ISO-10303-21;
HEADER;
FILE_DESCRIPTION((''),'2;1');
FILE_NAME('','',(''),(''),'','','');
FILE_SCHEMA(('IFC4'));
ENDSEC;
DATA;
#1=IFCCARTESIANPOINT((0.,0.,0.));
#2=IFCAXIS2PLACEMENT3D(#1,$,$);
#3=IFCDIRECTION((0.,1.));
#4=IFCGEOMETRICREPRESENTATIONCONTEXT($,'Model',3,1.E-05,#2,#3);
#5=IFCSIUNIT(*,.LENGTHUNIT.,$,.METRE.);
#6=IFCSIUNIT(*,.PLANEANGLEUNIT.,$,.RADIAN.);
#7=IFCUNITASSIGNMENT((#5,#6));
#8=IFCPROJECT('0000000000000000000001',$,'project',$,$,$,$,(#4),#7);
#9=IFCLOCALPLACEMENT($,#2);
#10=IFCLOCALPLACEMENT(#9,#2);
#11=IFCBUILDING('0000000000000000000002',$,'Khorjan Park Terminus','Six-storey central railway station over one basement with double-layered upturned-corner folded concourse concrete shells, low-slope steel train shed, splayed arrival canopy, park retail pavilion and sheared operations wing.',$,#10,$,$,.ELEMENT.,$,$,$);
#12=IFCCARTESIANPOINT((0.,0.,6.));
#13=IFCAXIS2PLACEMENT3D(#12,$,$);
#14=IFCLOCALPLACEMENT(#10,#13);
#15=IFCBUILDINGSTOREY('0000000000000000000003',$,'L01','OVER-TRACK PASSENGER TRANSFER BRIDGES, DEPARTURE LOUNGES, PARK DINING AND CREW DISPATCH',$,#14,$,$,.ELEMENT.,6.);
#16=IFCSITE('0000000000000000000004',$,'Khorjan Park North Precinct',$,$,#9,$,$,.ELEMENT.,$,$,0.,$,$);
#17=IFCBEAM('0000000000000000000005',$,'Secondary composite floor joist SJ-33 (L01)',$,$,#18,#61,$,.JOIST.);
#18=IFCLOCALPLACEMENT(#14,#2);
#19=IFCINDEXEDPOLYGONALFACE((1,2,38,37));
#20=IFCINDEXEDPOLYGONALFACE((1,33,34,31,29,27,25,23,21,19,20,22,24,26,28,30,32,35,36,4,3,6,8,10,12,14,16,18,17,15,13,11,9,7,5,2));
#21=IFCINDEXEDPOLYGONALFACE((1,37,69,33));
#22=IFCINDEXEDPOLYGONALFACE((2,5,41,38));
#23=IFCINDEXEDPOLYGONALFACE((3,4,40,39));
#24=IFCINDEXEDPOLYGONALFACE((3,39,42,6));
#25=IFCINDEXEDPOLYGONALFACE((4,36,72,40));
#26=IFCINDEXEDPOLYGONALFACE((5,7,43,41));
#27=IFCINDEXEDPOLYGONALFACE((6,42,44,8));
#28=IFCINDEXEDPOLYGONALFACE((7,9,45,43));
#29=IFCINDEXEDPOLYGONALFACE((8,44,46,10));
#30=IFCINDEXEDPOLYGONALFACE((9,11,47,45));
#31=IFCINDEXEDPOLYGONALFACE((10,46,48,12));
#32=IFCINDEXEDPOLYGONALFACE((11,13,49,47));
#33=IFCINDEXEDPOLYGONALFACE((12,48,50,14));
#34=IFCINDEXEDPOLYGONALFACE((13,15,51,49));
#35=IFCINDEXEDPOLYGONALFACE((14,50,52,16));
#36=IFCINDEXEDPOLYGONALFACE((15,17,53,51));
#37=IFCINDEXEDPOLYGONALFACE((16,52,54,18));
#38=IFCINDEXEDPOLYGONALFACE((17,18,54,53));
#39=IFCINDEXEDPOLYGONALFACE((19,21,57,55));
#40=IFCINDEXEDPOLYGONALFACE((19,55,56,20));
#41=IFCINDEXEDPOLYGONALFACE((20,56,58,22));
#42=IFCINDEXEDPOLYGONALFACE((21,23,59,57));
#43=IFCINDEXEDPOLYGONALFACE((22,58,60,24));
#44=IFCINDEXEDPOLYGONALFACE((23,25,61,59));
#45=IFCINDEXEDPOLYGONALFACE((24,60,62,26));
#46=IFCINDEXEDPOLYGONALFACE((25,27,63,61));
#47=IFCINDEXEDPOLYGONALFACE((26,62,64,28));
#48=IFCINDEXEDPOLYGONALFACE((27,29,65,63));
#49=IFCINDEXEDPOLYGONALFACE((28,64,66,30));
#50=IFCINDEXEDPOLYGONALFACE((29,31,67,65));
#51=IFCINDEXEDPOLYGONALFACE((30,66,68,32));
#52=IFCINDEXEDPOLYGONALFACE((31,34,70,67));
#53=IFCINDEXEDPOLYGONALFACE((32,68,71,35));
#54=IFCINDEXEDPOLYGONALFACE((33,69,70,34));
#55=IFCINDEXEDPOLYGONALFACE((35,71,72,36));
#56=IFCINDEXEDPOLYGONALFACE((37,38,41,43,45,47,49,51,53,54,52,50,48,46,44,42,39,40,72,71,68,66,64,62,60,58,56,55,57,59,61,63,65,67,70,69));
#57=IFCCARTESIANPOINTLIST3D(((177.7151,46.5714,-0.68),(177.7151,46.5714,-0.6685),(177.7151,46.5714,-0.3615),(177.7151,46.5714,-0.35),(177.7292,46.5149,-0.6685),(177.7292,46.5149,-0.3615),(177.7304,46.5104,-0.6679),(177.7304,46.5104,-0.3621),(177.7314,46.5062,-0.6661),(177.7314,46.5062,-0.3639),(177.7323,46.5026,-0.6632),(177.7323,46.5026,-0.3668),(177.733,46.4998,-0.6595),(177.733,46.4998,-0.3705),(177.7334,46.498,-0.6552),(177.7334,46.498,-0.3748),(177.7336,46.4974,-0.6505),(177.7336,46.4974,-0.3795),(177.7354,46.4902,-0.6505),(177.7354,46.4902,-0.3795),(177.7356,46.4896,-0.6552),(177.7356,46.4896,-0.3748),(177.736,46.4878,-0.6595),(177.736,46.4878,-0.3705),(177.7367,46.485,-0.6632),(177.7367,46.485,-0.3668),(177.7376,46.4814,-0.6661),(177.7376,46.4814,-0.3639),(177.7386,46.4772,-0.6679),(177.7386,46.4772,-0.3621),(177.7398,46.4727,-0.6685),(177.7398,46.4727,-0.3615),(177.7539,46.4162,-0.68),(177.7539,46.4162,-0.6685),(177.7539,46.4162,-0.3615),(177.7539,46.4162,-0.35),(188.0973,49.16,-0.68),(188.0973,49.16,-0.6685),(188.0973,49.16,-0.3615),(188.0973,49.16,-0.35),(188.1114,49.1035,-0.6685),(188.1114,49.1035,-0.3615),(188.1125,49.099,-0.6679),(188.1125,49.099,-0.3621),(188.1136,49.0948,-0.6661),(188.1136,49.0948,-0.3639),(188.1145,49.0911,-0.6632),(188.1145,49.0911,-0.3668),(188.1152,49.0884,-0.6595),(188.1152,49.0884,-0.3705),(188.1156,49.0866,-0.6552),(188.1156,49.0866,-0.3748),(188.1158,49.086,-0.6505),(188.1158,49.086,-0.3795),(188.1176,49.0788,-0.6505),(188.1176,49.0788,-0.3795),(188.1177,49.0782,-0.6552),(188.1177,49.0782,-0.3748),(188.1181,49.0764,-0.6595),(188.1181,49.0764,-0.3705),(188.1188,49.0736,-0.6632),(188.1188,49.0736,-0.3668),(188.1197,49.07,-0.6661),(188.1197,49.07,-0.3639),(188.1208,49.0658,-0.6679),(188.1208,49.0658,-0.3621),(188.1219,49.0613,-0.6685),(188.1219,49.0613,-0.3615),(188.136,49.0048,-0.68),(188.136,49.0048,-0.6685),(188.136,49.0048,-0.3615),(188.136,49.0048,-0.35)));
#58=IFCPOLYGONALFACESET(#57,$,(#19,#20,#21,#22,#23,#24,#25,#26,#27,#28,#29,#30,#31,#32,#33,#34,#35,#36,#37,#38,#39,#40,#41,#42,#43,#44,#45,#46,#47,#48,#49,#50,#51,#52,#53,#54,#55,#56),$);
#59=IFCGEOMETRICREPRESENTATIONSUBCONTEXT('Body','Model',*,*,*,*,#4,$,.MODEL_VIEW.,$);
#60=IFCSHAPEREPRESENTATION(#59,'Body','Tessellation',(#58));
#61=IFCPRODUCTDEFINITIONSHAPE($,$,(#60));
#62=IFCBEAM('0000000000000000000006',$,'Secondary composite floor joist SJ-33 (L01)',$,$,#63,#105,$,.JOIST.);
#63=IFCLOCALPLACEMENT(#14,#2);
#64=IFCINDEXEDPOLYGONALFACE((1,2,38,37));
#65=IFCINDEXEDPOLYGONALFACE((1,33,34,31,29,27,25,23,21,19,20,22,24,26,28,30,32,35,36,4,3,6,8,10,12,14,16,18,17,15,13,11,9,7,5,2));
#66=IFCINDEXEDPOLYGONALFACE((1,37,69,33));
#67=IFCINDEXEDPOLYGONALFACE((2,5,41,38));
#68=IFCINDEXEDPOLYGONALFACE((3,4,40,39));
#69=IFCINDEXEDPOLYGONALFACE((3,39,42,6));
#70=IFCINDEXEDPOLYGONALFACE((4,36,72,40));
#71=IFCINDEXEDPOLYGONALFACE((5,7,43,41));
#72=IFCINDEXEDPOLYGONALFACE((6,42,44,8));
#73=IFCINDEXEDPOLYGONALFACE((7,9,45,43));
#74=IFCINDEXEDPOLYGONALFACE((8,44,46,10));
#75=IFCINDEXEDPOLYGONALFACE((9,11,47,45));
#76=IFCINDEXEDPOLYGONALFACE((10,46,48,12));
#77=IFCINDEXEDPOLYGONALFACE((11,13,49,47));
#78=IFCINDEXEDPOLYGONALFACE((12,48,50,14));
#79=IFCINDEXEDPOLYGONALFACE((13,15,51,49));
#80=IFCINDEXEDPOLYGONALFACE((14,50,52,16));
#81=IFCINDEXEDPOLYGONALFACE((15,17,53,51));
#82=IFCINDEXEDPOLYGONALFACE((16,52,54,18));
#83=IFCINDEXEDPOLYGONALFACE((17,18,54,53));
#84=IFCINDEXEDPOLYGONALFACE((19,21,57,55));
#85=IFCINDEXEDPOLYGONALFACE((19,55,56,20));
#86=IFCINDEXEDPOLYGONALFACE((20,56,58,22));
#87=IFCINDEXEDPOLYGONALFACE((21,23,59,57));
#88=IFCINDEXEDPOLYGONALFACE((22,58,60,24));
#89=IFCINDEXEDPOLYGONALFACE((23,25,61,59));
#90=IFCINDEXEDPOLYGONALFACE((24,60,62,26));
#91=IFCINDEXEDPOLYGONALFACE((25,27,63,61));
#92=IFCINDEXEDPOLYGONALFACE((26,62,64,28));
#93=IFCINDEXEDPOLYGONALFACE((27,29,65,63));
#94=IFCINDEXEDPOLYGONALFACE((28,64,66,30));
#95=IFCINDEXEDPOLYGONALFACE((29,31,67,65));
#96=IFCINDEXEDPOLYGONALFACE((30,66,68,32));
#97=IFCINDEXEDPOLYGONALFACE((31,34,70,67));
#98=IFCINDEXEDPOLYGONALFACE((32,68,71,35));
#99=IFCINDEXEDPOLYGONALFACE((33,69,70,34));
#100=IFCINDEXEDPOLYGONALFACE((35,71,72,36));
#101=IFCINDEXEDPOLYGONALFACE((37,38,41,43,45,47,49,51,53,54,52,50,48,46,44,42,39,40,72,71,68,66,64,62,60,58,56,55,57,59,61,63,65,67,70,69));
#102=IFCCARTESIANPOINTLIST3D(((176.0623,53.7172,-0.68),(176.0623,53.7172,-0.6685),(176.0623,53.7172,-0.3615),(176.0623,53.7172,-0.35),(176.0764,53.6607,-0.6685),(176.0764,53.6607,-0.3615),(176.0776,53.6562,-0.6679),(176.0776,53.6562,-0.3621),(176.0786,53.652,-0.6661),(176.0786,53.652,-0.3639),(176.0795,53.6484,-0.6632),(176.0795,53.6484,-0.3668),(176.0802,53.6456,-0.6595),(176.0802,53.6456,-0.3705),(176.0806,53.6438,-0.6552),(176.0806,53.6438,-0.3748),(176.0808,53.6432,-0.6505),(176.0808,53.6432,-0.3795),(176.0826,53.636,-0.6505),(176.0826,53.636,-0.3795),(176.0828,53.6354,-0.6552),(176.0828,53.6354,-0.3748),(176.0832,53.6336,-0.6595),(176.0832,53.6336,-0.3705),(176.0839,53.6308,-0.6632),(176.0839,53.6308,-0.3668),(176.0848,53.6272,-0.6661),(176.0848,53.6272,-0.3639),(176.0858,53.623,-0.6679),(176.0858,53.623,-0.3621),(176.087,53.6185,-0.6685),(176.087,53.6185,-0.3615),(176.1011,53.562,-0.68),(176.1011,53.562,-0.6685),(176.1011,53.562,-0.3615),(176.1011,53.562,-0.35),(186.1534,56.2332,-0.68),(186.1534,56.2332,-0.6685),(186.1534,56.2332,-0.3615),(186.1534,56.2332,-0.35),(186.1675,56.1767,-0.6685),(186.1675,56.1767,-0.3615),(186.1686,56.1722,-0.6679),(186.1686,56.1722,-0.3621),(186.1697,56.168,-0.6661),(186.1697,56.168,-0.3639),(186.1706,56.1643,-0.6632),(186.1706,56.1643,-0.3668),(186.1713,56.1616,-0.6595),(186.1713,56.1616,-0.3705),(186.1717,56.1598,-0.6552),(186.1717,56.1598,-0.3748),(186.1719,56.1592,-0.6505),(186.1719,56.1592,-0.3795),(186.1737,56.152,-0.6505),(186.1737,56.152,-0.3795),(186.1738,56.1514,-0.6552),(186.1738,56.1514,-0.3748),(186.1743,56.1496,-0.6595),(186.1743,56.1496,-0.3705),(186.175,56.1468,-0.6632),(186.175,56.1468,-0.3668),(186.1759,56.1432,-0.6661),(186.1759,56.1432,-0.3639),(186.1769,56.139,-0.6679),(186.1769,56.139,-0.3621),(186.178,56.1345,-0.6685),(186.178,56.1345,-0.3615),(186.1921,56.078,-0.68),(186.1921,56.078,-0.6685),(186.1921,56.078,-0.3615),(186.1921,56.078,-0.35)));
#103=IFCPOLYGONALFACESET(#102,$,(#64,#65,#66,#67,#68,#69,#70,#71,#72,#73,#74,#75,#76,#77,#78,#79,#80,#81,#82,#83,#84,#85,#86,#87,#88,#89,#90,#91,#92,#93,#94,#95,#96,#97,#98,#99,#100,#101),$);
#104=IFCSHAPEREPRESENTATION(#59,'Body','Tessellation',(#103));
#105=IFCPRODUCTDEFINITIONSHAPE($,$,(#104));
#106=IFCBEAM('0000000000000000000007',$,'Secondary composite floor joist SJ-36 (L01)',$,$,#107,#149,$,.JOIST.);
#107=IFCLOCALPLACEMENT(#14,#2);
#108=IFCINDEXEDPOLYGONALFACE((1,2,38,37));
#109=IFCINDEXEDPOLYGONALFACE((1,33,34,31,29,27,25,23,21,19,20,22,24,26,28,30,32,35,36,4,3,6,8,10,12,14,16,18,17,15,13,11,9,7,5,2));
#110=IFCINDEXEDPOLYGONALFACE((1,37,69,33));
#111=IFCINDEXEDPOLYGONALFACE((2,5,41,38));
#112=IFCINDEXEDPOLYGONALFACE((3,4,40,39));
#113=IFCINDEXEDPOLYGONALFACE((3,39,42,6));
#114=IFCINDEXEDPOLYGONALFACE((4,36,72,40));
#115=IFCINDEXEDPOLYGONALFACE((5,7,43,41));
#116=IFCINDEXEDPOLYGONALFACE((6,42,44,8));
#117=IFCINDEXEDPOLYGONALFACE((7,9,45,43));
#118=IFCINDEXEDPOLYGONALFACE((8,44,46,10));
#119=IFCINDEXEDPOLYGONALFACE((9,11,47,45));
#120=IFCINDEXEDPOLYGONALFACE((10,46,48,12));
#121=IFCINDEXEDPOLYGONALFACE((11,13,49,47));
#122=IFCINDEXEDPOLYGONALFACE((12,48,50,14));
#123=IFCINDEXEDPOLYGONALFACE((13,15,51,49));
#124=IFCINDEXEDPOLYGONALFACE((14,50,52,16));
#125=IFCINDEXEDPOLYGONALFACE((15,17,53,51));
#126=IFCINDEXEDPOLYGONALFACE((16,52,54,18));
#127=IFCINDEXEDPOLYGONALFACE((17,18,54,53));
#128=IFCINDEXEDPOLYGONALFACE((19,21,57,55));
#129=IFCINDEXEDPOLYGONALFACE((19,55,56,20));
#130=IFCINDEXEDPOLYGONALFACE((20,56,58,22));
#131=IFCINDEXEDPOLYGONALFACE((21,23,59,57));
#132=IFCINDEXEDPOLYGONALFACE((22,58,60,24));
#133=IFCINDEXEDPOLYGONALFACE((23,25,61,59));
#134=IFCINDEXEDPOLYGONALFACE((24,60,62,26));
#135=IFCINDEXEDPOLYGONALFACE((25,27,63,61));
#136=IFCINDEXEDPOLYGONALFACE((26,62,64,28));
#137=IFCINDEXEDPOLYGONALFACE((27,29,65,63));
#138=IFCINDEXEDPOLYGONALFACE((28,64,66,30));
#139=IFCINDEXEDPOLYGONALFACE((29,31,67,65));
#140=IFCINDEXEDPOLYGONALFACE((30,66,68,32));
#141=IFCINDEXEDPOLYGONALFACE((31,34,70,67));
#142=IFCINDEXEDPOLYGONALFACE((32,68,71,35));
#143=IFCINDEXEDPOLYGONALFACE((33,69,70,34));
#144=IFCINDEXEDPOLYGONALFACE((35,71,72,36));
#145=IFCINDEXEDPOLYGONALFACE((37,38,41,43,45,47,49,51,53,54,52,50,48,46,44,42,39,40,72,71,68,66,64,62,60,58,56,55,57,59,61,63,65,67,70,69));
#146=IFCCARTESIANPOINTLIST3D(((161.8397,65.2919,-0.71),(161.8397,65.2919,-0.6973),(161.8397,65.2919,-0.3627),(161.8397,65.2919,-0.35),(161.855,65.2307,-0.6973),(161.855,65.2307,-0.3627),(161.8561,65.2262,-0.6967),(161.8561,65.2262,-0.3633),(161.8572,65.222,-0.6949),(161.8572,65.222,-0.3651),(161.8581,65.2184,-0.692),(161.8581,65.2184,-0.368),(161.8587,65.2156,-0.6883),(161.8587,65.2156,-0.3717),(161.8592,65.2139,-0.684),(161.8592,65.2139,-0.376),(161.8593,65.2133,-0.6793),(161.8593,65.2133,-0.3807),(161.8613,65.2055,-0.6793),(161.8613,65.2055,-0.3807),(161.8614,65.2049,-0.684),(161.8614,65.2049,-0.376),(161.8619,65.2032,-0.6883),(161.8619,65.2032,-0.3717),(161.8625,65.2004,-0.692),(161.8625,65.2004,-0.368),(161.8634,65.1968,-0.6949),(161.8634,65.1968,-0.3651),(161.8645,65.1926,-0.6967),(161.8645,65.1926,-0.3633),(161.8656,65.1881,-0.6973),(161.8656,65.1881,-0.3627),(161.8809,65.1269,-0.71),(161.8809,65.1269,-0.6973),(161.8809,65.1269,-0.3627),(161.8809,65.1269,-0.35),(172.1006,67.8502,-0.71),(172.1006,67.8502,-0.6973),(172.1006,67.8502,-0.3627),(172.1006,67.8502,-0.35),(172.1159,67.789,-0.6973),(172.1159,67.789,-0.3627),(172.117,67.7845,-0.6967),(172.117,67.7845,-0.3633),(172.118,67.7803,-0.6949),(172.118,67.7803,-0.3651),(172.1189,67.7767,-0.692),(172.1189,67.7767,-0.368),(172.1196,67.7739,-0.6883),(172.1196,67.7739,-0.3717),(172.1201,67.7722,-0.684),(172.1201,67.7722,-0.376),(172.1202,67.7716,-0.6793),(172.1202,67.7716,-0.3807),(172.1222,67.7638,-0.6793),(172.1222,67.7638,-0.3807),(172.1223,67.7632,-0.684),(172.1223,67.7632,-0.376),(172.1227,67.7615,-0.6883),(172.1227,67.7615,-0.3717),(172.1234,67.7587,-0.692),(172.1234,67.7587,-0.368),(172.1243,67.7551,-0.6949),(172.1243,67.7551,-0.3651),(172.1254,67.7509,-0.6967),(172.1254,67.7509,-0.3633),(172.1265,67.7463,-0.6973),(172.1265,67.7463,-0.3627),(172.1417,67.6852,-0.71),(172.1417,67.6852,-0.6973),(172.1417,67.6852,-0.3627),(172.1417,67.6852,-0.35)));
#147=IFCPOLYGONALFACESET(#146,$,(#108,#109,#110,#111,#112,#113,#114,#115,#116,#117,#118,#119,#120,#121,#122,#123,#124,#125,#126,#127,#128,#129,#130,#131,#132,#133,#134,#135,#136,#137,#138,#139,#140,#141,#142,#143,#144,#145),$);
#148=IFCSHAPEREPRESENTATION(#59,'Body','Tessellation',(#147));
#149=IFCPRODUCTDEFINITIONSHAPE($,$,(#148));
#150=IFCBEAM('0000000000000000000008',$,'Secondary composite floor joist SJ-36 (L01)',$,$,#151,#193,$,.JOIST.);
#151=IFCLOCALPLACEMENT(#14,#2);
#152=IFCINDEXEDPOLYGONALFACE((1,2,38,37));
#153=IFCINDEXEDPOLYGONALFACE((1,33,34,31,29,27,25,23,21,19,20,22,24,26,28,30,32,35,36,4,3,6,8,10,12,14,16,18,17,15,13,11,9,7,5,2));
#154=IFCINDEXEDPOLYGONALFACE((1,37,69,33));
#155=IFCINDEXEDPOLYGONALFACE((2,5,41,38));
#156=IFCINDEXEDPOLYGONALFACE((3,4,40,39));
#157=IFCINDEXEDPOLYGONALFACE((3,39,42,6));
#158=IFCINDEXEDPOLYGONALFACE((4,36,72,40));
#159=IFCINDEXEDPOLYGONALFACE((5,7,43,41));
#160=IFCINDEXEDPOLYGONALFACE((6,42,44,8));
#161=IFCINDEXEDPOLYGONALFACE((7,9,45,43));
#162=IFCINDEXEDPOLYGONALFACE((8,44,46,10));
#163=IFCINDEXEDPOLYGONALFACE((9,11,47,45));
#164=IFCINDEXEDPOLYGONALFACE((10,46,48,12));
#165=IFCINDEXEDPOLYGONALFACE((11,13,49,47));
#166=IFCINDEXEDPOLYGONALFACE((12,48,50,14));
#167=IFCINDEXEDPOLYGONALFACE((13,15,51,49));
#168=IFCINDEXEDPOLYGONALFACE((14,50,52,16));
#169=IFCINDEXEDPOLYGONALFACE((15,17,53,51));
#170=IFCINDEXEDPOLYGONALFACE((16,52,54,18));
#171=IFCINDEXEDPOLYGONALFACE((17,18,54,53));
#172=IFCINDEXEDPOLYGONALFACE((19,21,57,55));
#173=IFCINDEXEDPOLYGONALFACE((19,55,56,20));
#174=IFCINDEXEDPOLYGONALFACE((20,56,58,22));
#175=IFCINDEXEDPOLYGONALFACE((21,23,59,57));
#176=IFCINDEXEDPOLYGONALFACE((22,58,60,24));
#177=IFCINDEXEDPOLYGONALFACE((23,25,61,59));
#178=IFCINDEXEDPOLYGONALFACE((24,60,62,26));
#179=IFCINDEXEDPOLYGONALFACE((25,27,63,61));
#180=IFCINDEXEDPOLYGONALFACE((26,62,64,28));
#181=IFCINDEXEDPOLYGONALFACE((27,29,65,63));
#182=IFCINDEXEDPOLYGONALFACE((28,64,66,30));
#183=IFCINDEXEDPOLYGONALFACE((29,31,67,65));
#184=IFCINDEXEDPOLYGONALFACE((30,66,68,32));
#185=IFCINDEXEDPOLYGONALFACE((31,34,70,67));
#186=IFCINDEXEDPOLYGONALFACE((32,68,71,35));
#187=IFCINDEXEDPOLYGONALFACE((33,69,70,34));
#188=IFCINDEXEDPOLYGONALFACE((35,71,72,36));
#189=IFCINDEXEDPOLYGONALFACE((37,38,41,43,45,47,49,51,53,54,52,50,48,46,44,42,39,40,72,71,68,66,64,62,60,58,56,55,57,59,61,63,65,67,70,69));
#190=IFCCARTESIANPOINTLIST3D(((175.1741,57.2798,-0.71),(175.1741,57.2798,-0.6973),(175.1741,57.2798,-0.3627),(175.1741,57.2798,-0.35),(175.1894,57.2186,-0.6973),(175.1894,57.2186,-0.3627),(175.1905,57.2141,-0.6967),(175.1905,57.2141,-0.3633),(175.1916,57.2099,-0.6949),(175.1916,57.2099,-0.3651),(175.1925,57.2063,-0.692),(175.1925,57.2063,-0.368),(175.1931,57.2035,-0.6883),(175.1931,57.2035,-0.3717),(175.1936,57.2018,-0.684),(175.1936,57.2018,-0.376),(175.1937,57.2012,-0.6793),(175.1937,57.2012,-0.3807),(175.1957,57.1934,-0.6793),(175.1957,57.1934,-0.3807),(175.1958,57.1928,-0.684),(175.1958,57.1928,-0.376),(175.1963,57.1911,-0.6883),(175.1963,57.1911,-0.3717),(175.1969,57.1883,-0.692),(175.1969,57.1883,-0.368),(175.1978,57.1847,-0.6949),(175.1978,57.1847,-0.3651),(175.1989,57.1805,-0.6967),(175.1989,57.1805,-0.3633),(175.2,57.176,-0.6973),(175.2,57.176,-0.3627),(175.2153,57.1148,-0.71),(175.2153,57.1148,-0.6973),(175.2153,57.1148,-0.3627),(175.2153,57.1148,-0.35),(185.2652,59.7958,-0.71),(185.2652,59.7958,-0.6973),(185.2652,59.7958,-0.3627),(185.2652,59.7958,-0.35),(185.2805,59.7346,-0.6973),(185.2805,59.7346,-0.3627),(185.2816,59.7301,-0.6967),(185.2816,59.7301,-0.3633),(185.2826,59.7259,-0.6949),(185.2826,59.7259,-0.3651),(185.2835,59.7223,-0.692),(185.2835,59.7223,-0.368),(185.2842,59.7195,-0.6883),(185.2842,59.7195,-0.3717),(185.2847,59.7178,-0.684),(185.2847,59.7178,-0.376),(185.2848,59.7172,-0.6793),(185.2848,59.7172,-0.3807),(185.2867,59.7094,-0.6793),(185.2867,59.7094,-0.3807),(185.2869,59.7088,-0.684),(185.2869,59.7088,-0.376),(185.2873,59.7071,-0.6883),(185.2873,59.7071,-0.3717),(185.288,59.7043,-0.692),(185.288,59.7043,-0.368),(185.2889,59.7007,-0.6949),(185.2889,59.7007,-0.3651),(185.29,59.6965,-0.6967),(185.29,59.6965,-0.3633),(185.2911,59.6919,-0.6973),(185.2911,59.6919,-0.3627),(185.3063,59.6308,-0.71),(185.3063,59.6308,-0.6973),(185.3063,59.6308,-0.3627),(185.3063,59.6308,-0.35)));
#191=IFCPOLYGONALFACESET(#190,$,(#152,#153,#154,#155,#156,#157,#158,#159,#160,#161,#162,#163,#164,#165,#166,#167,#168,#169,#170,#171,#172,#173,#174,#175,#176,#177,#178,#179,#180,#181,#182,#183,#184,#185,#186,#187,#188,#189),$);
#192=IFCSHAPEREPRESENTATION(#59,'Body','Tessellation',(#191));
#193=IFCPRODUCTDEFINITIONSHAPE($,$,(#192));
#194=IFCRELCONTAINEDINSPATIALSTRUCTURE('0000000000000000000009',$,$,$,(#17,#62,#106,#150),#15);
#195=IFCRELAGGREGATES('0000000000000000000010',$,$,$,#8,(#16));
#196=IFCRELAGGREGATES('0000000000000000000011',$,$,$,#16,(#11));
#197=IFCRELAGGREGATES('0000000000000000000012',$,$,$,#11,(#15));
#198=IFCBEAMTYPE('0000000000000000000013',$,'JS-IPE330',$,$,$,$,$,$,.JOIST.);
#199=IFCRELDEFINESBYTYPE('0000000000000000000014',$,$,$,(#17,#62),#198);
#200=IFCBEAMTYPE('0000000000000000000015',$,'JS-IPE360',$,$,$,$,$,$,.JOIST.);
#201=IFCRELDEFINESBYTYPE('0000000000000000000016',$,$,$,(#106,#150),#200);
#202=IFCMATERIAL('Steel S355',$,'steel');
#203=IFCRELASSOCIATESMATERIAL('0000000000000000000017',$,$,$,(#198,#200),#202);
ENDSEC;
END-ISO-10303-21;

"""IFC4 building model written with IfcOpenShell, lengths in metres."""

from ifc_helpers import new_model, si_unit, direction, frame, origin, origin_2d, place, context, subcontext, project, spatial, i_section, extrude, material, material_profile, profile_set, type_object, element, save


model = new_model("IFC4")

# Units and contexts
model_context = context("Model", 3, precision=1e-05, world=origin(), true_north=direction((0.0, 1.0)))
body_context = subcontext(model_context, "Body", "Model", "MODEL_VIEW")
ifc_project = project(units=[si_unit("LENGTHUNIT", "METRE"), si_unit("PLANEANGLEUNIT", "RADIAN")], contexts=[model_context])

# Site, building, storey
site_placement = place(None, origin())
site = spatial("IfcSite", under=ifc_project, at=site_placement, Name="Khorjan Park North Precinct", CompositionType="ELEMENT", RefElevation=0.0)
building_placement = place(site_placement, origin())
building = spatial("IfcBuilding", under=site, at=building_placement, Name="Khorjan Park Terminus", Description="Six-storey central railway station over one basement with double-layered upturned-corner folded concourse concrete shells, low-slope steel train shed, splayed arrival canopy, park retail pavilion and sheared operations wing.", CompositionType="ELEMENT")
storey_placement = place(building_placement, frame((0.0, 0.0, 6.0)))
storey = spatial("IfcBuildingStorey", under=building, at=storey_placement, Name="L01", Description="OVER-TRACK PASSENGER TRANSFER BRIDGES, DEPARTURE LOUNGES, PARK DINING AND CREW DISPATCH", CompositionType="ELEMENT", Elevation=6.0)

# Beams
ifc_material_1 = material(Name="Steel S355", Category="steel")
ifc_material_profile_1 = material_profile(ifc_material_1, i_section(OverallWidth=0.16, OverallDepth=0.33, WebThickness=0.0075, FlangeThickness=0.0115, FilletRadius=0.018, at=origin_2d()), Name="IPE 330")
ifc_profile_set_1 = profile_set([ifc_material_profile_1], Name="Steel S355")
beam_type_1 = type_object("IfcBeamType", Name="JS-IPE330", PredefinedType="JOIST", material=ifc_profile_set_1)
beam_1_placement = place(storey_placement, frame((177.7345, 46.4938, -0.515), z_axis=(0.970295, 0.241924, 0.0), x_axis=(-0.241924, 0.970295, 0.0)))
element("IfcBeam", 1, at=beam_1_placement, inside=storey, type_object=beam_type_1, Name="Secondary composite floor joist SJ-33 (L01)", PredefinedType="JOIST", context=body_context, shape_type="SweptSolid", body=[
    extrude(i_section(OverallWidth=0.16, OverallDepth=0.33, WebThickness=0.0075, FlangeThickness=0.0115, FilletRadius=0.018, at=origin_2d()), origin(), (0.0, 0.0, 1.0), 10.7),
])
beam_2_placement = place(storey_placement, frame((176.0817, 53.6396, -0.515), z_axis=(0.970296, 0.241922, 0.0), x_axis=(-0.241922, 0.970296, 0.0)))
element("IfcBeam", 2, at=beam_2_placement, inside=storey, type_object=beam_type_1, Name="Secondary composite floor joist SJ-33 (L01)", PredefinedType="JOIST", context=body_context, shape_type="SweptSolid", body=[
    extrude(i_section(OverallWidth=0.16, OverallDepth=0.33, WebThickness=0.0075, FlangeThickness=0.0115, FilletRadius=0.018, at=origin_2d()), origin(), (0.0, 0.0, 1.0), 10.4),
])
ifc_material_profile_2 = material_profile(ifc_material_1, i_section(OverallWidth=0.17, OverallDepth=0.36, WebThickness=0.008, FlangeThickness=0.0127, FilletRadius=0.018, at=origin_2d()), Name="IPE 360")
ifc_profile_set_2 = profile_set([ifc_material_profile_2], Name="Steel S355")
beam_type_2 = type_object("IfcBeamType", Name="JS-IPE360", PredefinedType="JOIST", material=ifc_profile_set_2)
beam_3_placement = place(storey_placement, frame((161.8603, 65.2094, -0.53), z_axis=(0.970296, 0.241919, 0.0), x_axis=(-0.241919, 0.970296, 0.0)))
element("IfcBeam", 3, at=beam_3_placement, inside=storey, type_object=beam_type_2, Name="Secondary composite floor joist SJ-36 (L01)", PredefinedType="JOIST", context=body_context, shape_type="SweptSolid", body=[
    extrude(i_section(OverallWidth=0.17, OverallDepth=0.36, WebThickness=0.008, FlangeThickness=0.0127, FilletRadius=0.018, at=origin_2d()), origin(), (0.0, 0.0, 1.0), 10.575),
])
beam_4_placement = place(storey_placement, frame((175.1947, 57.1973, -0.53), z_axis=(0.970296, 0.241922, 0.0), x_axis=(-0.241922, 0.970296, 0.0)))
element("IfcBeam", 4, at=beam_4_placement, inside=storey, type_object=beam_type_2, Name="Secondary composite floor joist SJ-36 (L01)", PredefinedType="JOIST", context=body_context, shape_type="SweptSolid", body=[
    extrude(i_section(OverallWidth=0.17, OverallDepth=0.36, WebThickness=0.008, FlangeThickness=0.0127, FilletRadius=0.018, at=origin_2d()), origin(), (0.0, 0.0, 1.0), 10.4),
])

save(model, "model.ifc")
